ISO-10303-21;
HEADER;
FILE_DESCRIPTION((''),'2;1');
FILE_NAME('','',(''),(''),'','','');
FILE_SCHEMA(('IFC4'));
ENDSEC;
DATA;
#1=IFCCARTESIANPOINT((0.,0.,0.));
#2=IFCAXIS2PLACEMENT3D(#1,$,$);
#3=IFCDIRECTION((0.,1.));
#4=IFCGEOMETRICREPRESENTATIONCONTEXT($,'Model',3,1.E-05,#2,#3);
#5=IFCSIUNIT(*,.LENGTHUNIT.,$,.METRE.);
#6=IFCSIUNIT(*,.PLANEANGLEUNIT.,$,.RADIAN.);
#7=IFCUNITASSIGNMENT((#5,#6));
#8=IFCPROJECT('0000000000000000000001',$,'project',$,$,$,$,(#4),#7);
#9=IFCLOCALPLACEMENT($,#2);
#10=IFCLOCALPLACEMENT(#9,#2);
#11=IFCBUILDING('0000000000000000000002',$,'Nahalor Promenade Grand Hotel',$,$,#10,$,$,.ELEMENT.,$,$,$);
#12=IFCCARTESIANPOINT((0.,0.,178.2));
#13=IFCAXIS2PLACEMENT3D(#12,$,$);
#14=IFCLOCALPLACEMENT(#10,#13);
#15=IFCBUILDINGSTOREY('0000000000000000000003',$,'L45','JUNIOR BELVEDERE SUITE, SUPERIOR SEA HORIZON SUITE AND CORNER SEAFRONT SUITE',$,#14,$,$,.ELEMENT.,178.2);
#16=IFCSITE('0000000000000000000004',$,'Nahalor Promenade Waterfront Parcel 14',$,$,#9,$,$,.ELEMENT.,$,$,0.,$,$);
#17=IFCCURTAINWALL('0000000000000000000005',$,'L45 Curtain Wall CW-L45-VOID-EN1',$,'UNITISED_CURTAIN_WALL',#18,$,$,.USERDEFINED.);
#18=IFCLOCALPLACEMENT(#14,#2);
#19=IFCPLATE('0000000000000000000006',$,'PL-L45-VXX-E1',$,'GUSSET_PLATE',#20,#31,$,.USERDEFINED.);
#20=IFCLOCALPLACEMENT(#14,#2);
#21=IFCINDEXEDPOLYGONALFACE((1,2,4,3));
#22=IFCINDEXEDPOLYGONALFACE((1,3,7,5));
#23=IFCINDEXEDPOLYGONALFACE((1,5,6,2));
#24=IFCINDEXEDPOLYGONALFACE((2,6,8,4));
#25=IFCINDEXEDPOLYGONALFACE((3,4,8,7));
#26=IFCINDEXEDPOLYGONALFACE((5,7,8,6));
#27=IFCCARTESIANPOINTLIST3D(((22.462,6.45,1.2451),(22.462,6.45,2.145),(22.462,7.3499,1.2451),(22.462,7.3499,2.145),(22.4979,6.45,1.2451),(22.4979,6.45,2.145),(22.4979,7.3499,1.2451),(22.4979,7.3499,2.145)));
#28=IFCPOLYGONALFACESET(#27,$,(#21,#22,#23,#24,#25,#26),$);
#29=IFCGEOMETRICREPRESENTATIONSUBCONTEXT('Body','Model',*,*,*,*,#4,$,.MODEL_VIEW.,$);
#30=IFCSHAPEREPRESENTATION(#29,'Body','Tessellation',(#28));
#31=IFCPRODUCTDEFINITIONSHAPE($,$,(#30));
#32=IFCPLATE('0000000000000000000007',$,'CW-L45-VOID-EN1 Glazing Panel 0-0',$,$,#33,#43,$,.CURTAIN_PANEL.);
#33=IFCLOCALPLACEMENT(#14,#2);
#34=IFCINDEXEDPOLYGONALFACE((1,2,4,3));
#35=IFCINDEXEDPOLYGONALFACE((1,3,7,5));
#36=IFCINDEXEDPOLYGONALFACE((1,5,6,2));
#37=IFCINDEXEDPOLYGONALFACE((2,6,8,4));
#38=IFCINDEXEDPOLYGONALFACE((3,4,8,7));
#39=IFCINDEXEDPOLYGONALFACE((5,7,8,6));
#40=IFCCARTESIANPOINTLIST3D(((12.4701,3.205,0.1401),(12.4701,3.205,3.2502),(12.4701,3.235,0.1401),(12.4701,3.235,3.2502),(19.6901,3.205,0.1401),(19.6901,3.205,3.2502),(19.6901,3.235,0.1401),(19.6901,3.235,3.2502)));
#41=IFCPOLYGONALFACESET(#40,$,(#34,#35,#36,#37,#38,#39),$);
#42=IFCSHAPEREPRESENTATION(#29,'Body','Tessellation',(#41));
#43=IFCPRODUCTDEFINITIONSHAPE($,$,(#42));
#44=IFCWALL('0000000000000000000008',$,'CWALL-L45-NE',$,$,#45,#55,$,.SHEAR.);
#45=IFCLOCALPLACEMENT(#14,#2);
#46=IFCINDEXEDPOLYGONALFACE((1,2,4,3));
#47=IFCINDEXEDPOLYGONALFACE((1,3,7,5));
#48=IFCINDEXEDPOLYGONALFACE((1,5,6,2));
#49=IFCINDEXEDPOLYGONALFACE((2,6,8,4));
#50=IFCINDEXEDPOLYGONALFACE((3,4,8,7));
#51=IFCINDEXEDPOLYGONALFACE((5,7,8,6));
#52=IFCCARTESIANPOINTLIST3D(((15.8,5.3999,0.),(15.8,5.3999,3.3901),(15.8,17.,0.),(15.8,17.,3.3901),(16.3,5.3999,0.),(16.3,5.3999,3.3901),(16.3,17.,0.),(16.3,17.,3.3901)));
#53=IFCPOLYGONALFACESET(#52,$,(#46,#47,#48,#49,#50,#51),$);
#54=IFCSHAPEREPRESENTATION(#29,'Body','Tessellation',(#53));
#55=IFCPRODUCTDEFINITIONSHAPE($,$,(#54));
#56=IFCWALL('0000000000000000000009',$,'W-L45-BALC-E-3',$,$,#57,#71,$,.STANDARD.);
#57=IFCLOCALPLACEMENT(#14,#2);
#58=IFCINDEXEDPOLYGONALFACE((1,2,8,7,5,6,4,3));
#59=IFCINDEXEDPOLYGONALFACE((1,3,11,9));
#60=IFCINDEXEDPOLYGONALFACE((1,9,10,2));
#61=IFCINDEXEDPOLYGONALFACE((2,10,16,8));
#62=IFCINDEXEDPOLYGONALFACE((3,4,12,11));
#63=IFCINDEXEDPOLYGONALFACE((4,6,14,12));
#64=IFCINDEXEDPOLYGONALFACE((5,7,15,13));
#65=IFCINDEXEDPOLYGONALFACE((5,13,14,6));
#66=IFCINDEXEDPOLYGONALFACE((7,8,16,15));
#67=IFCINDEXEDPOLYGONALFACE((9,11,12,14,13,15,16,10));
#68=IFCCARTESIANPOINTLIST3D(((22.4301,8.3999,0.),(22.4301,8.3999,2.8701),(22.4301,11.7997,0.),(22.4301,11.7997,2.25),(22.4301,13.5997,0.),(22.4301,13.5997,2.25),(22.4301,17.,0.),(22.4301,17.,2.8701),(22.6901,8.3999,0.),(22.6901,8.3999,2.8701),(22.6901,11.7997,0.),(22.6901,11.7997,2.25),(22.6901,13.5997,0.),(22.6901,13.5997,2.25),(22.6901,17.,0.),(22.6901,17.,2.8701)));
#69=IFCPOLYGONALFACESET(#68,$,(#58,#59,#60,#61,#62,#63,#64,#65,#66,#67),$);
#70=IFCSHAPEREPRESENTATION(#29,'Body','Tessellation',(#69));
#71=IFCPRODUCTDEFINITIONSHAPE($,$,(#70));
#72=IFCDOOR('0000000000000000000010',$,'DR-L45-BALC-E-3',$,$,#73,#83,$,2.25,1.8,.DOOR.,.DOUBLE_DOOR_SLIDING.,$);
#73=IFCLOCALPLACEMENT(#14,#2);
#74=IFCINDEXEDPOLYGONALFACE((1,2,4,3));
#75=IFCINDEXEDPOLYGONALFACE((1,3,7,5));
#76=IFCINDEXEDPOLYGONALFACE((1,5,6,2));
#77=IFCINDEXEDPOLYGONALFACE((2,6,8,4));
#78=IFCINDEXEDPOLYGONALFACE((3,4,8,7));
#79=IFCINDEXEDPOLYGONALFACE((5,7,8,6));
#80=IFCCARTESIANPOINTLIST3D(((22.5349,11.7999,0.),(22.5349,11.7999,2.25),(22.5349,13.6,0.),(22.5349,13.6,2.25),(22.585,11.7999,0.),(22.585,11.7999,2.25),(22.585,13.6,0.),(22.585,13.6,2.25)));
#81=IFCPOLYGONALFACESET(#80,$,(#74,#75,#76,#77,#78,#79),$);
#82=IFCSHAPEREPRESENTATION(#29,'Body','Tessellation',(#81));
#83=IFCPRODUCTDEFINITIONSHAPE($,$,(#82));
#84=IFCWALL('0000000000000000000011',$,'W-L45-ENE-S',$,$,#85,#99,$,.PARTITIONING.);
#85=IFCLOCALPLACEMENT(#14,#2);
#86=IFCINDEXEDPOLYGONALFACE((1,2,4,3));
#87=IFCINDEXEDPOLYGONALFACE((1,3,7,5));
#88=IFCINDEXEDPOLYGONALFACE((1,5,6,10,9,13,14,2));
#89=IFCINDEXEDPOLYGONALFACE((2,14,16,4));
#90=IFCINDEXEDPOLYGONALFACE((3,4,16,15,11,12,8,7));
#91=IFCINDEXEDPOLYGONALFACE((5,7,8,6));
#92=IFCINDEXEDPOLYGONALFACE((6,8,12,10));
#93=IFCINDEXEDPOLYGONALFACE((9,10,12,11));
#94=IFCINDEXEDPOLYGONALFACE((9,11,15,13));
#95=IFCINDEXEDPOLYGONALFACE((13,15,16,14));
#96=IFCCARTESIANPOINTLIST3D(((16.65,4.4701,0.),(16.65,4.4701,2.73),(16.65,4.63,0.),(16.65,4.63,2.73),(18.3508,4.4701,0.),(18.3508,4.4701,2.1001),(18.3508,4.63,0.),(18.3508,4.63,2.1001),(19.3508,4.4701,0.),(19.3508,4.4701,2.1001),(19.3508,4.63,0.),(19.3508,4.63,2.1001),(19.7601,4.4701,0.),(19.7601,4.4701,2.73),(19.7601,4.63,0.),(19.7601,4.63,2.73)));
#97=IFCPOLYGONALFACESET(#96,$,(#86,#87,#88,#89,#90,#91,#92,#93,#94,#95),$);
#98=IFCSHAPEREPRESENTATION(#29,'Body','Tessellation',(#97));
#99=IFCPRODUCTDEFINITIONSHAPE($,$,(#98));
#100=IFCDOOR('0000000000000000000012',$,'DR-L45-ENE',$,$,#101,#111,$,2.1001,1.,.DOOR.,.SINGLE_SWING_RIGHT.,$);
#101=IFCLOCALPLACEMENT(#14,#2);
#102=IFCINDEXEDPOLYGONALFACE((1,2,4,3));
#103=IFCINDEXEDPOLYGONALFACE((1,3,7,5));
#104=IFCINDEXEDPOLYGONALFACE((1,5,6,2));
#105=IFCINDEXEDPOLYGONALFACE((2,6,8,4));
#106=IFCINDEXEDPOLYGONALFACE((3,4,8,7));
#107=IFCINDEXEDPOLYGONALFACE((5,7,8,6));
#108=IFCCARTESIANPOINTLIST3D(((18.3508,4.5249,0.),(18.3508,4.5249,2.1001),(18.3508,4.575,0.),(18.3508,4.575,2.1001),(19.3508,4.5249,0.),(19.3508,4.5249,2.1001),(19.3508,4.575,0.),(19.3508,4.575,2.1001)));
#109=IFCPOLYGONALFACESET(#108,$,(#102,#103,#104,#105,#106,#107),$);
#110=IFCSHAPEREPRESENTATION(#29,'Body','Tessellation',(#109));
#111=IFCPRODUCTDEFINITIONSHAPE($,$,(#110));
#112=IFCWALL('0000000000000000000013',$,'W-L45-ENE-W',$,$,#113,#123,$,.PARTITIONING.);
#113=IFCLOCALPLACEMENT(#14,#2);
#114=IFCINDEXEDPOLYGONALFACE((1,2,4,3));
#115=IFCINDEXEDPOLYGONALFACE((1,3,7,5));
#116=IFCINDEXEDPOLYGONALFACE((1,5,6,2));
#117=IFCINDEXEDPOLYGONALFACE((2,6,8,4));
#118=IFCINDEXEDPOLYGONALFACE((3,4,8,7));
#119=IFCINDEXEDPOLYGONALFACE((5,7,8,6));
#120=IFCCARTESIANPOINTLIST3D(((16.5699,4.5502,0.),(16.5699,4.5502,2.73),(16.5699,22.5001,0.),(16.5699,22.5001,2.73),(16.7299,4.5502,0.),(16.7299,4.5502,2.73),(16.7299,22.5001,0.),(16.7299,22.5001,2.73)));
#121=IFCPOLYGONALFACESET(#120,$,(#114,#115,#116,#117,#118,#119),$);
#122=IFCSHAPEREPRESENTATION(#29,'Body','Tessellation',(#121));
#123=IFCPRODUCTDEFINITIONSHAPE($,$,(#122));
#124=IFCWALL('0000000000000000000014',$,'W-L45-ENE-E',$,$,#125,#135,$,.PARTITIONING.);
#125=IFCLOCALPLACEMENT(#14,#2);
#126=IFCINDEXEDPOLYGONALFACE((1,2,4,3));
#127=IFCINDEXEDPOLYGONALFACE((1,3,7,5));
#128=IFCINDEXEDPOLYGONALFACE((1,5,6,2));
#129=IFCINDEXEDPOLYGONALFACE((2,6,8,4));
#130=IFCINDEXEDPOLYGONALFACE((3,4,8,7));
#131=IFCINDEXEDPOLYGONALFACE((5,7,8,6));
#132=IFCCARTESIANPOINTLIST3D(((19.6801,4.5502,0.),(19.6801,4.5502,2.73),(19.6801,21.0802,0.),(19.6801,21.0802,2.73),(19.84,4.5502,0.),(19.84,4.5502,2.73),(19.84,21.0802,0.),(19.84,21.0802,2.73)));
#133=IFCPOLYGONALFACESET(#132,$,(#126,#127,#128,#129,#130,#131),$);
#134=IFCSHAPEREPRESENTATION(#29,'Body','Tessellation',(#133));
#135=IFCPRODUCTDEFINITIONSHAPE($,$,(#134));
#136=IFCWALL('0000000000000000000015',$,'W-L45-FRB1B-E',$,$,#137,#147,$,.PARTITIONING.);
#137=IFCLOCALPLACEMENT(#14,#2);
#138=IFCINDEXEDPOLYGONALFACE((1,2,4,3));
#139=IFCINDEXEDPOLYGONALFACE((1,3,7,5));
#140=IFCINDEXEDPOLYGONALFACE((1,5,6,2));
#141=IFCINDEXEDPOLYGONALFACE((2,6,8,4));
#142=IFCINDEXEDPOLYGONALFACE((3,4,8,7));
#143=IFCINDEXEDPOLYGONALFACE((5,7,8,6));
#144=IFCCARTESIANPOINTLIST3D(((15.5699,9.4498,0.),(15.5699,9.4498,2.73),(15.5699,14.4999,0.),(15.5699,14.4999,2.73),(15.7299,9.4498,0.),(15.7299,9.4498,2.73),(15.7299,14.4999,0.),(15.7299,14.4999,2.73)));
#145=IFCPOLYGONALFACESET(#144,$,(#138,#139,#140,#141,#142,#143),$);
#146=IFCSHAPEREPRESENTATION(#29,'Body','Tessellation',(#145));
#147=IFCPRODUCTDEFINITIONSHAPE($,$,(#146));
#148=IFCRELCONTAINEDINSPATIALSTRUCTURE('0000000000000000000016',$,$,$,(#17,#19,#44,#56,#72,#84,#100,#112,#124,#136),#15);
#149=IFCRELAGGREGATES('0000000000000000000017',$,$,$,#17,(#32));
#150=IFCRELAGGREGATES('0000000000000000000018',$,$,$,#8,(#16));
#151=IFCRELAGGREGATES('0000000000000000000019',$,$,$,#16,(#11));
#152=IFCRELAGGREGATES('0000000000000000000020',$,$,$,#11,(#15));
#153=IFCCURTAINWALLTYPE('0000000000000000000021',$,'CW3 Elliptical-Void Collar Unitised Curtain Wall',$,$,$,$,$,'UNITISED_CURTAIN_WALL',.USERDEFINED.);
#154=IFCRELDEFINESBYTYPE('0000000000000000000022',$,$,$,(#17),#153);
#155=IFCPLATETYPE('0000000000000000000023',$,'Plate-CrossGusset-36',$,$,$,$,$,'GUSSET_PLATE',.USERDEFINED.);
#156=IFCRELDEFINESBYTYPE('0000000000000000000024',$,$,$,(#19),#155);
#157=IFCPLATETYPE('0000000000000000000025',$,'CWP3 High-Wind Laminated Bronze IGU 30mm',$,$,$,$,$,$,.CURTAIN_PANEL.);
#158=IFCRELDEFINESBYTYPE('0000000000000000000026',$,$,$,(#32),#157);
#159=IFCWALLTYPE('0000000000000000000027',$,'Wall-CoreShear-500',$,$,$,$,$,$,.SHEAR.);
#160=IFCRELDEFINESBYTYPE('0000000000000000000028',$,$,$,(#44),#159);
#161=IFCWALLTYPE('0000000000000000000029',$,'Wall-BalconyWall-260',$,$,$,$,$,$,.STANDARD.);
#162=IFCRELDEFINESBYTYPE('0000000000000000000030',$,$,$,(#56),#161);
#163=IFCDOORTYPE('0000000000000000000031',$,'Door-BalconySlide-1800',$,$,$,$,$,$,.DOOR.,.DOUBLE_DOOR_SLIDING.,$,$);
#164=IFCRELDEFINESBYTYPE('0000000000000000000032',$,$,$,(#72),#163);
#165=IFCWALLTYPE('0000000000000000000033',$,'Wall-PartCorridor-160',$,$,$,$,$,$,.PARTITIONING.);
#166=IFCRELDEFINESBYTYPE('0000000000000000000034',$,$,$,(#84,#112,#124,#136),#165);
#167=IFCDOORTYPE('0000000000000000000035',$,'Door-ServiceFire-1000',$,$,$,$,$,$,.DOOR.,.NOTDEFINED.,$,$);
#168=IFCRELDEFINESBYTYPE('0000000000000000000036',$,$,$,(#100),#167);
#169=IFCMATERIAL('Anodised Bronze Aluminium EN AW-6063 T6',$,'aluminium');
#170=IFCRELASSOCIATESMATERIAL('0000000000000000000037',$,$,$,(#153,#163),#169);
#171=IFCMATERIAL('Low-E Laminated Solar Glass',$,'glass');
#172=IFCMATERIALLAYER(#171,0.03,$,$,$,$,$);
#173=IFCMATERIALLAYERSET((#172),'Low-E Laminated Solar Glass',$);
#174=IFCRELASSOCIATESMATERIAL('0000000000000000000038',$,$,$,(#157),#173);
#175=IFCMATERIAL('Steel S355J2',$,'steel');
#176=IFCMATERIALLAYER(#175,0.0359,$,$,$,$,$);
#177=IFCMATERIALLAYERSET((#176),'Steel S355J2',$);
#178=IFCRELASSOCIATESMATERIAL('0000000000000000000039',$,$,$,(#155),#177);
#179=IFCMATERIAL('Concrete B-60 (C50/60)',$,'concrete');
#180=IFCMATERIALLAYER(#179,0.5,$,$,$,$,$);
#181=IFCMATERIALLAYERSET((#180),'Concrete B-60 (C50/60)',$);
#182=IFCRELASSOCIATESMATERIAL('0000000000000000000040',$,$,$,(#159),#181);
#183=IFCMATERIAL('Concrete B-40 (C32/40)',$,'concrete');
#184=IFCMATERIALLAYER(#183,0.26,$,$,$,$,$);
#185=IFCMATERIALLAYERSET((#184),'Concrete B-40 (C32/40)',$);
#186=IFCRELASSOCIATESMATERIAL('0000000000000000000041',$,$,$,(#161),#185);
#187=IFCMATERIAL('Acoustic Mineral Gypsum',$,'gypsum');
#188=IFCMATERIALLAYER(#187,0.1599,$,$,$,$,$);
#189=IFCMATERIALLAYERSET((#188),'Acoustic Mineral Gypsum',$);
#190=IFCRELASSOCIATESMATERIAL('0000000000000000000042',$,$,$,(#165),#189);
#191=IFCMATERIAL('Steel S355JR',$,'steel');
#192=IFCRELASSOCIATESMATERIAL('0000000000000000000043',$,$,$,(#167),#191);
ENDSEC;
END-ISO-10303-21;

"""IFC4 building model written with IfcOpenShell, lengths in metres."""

from ifc_helpers import new_model, si_unit, direction, frame, frame_2d, origin, origin_2d, place, context, subcontext, project, spatial, rectangle, extrude, source, transform, mapped, material, layer, layer_set, type_object, element, fill, aggregate, save


model = new_model("IFC4")

# Units and contexts
model_context = context("Model", 3, precision=1e-05, world=origin(), true_north=direction((0.0, 1.0)))
body_context = subcontext(model_context, "Body", "Model", "MODEL_VIEW")
ifc_project = project(units=[si_unit("LENGTHUNIT", "METRE"), si_unit("PLANEANGLEUNIT", "RADIAN")], contexts=[model_context])

# Site, building, storey
site_placement = place(None, origin())
site = spatial("IfcSite", under=ifc_project, at=site_placement, Name="Nahalor Promenade Waterfront Parcel 14", CompositionType="ELEMENT", RefElevation=0.0)
building_placement = place(site_placement, origin())
building = spatial("IfcBuilding", under=site, at=building_placement, Name="Nahalor Promenade Grand Hotel", CompositionType="ELEMENT")
storey_placement = place(building_placement, frame((0.0, 0.0, 178.2)))
storey = spatial("IfcBuildingStorey", under=building, at=storey_placement, Name="L45", Description="JUNIOR BELVEDERE SUITE, SUPERIOR SEA HORIZON SUITE AND CORNER SEAFRONT SUITE", CompositionType="ELEMENT", Elevation=178.2)

# Shared definitions
ifc_material_1 = material(Name="Steel S355J2", Category="steel")

# Shared definitions
ifc_material_2 = material(Name="Steel S355JR", Category="steel")

# Shared definitions
ifc_material_3 = material(Name="Anodised Bronze Aluminium EN AW-6063 T6", Category="aluminium")
curtain_wall_type = type_object("IfcCurtainWallType", Name="CW3 Elliptical-Void Collar Unitised Curtain Wall", ElementType="UNITISED_CURTAIN_WALL", PredefinedType="USERDEFINED", material=ifc_material_3)

# Curtain wall
curtain_wall_1_placement = place(storey_placement, origin())
curtain_wall_1 = element("IfcCurtainWall", 1, at=curtain_wall_1_placement, inside=storey, type_object=curtain_wall_type, Name="L45 Curtain Wall CW-L45-VOID-EN1", ObjectType="UNITISED_CURTAIN_WALL", PredefinedType="USERDEFINED")

# Plates
ifc_material_4 = material(Name="Low-E Laminated Solar Glass", Category="glass")
ifc_layer_1 = layer(ifc_material_4, 0.03)
ifc_layer_set_1 = layer_set([ifc_layer_1], Name="Low-E Laminated Solar Glass")
plate_type_1 = type_object("IfcPlateType", Name="CWP3 High-Wind Laminated Bronze IGU 30mm", PredefinedType="CURTAIN_PANEL", material=ifc_layer_set_1)
ifc_layer_2 = layer(ifc_material_1, 0.0359)
ifc_layer_set_2 = layer_set([ifc_layer_2], Name="Steel S355J2")
plate_type_2 = type_object("IfcPlateType", Name="Plate-CrossGusset-36", ElementType="GUSSET_PLATE", PredefinedType="USERDEFINED", material=ifc_layer_set_2)
shared_shape_1 = source(origin(), body_context, "Body", "SweptSolid", [
    extrude(rectangle(XDim=0.8999, YDim=0.0359, at=origin_2d()), origin(), (0.0, 0.0, 1.0), 0.8999),
])
plate_1_placement = place(storey_placement, frame((22.48, 6.8999, 1.2451), z_axis=(0.0, 0.0, 1.0), x_axis=(0.0, 1.0, 0.0)))
element("IfcPlate", 2, at=plate_1_placement, inside=storey, type_object=plate_type_2, Name="PL-L45-VXX-E1", ObjectType="GUSSET_PLATE", PredefinedType="USERDEFINED", context=body_context, shape_type="MappedRepresentation", body=[
    mapped(shared_shape_1, transform((0.0, 0.0, 0.0), scale=1.0)),
])
shared_shape_2 = source(origin(), body_context, "Body", "SweptSolid", [
    extrude(rectangle(XDim=7.22, YDim=0.03, at=origin_2d()), origin(), (0.0, 0.0, 1.0), 3.1101),
])
plate_2_placement = place(storey_placement, frame((16.0801, 3.22, 0.1401), z_axis=(0.0, 0.0, 1.0), x_axis=(1.0, 0.0, 0.0)))
plate_2 = element("IfcPlate", 3, at=plate_2_placement, type_object=plate_type_1, Name="CW-L45-VOID-EN1 Glazing Panel 0-0", PredefinedType="CURTAIN_PANEL", context=body_context, shape_type="MappedRepresentation", body=[
    mapped(shared_shape_2, transform((0.0, 0.0, 0.0), scale=1.0)),
])
aggregate(curtain_wall_1, [plate_2])

# Wall
ifc_material_5 = material(Name="Concrete B-60 (C50/60)", Category="concrete")
ifc_layer_3 = layer(ifc_material_5, 0.5)
ifc_layer_set_3 = layer_set([ifc_layer_3], Name="Concrete B-60 (C50/60)")
wall_type_1 = type_object("IfcWallType", Name="Wall-CoreShear-500", PredefinedType="SHEAR", material=ifc_layer_set_3)
shared_shape_3 = source(origin(), body_context, "Body", "SweptSolid", [
    extrude(rectangle(XDim=11.6001, YDim=0.5, at=frame_2d((5.8, 0.0))), origin(), (0.0, 0.0, 1.0), 3.3901),
])
wall_1_placement = place(storey_placement, frame((16.05, 5.3999, 0.0), z_axis=(0.0, 0.0, 1.0), x_axis=(0.0, 1.0, 0.0)))
element("IfcWall", 4, at=wall_1_placement, inside=storey, type_object=wall_type_1, Name="CWALL-L45-NE", PredefinedType="SHEAR", context=body_context, shape_type="MappedRepresentation", body=[
    mapped(shared_shape_3, transform((0.0, 0.0, 0.0), scale=1.0)),
])

# Walls, openings, doors
ifc_material_6 = material(Name="Concrete B-40 (C32/40)", Category="concrete")
ifc_layer_4 = layer(ifc_material_6, 0.26)
ifc_layer_set_4 = layer_set([ifc_layer_4], Name="Concrete B-40 (C32/40)")
wall_type_2 = type_object("IfcWallType", Name="Wall-BalconyWall-260", PredefinedType="STANDARD", material=ifc_layer_set_4)
shared_shape_4 = source(origin(), body_context, "Body", "SweptSolid", [
    extrude(rectangle(XDim=8.6001, YDim=0.26, at=frame_2d((4.3, 0.0))), origin(), (0.0, 0.0, 1.0), 2.8701),
])
wall_2_placement = place(storey_placement, frame((22.5601, 8.3999, 0.0), z_axis=(0.0, 0.0, 1.0), x_axis=(0.0, 1.0, 0.0)))
wall_2 = element("IfcWall", 5, at=wall_2_placement, inside=storey, type_object=wall_type_2, Name="W-L45-BALC-E-3", PredefinedType="STANDARD", context=body_context, shape_type="MappedRepresentation", body=[
    mapped(shared_shape_4, transform((0.0, 0.0, 0.0), scale=1.0)),
])
opening_1_placement = place(wall_2_placement, frame((3.3999, 0.0, 0.0)))
opening_1 = element("IfcOpeningElement", 6, at=opening_1_placement, cuts=wall_2, PredefinedType="OPENING", context=body_context, shape_type="SweptSolid", body=[
    extrude(rectangle(XDim=1.8, YDim=2.25, at=frame_2d((0.8999, 1.125))), frame((0.0, 0.1399, 0.0), z_axis=(0.0, -1.0, 0.0), x_axis=(1.0, 0.0, 0.0)), (0.0, 0.0, 1.0), 0.28),
])
door_type_1 = type_object("IfcDoorType", Name="Door-BalconySlide-1800", OperationType="DOUBLE_DOOR_SLIDING", PredefinedType="DOOR", material=ifc_material_3)
shared_shape_5 = source(origin(), body_context, "Body", "SweptSolid", [
    extrude(rectangle(XDim=1.8, YDim=2.25, at=frame_2d((0.8999, 1.125))), frame((0.0, 0.0249, 0.0), z_axis=(0.0, -1.0, 0.0), x_axis=(1.0, 0.0, 0.0)), (0.0, 0.0, 1.0), 0.05),
])
door_1_placement = place(opening_1_placement, frame((1.8, 0.0, 0.0), z_axis=(0.0, 0.0, 1.0), x_axis=(-1.0, 0.0, 0.0)))
door_1 = element("IfcDoor", 7, at=door_1_placement, inside=storey, type_object=door_type_1, Name="DR-L45-BALC-E-3", OperationType="DOUBLE_DOOR_SLIDING", OverallHeight=2.25, OverallWidth=1.8, PredefinedType="DOOR", context=body_context, shape_type="MappedRepresentation", body=[
    mapped(shared_shape_5, transform((0.0, 0.0, 0.0), scale=1.0)),
])
fill(opening_1, door_1)
ifc_material_7 = material(Name="Acoustic Mineral Gypsum", Category="gypsum")
ifc_layer_5 = layer(ifc_material_7, 0.1599)
ifc_layer_set_5 = layer_set([ifc_layer_5], Name="Acoustic Mineral Gypsum")
wall_type_3 = type_object("IfcWallType", Name="Wall-PartCorridor-160", PredefinedType="PARTITIONING", material=ifc_layer_set_5)
shared_shape_6 = source(origin(), body_context, "Body", "SweptSolid", [
    extrude(rectangle(XDim=3.1101, YDim=0.1599, at=frame_2d((1.5552, 0.0))), origin(), (0.0, 0.0, 1.0), 2.73),
])
wall_3_placement = place(storey_placement, frame((16.6499, 4.55, 0.0), z_axis=(0.0, 0.0, 1.0), x_axis=(1.0, 0.0, 0.0)))
wall_3 = element("IfcWall", 8, at=wall_3_placement, inside=storey, type_object=wall_type_3, Name="W-L45-ENE-S", PredefinedType="PARTITIONING", context=body_context, shape_type="MappedRepresentation", body=[
    mapped(shared_shape_6, transform((0.0, 0.0, 0.0), scale=1.0)),
])
opening_2_placement = place(wall_3_placement, frame((1.7009, 0.0, 0.0)))
opening_2 = element("IfcOpeningElement", 9, at=opening_2_placement, cuts=wall_3, PredefinedType="OPENING", context=body_context, shape_type="SweptSolid", body=[
    extrude(rectangle(XDim=1.0, YDim=2.1001, at=frame_2d((0.5, 1.05))), frame((0.0, 0.0898, 0.0), z_axis=(0.0, -1.0, 0.0), x_axis=(1.0, 0.0, 0.0)), (0.0, 0.0, 1.0), 0.1799),
])
door_type_2 = type_object("IfcDoorType", Name="Door-ServiceFire-1000", OperationType="NOTDEFINED", PredefinedType="DOOR", material=ifc_material_2)
shared_shape_7 = source(origin(), body_context, "Body", "SweptSolid", [
    extrude(rectangle(XDim=1.0, YDim=2.1001, at=frame_2d((0.5, 1.05))), frame((0.0, 0.0249, 0.0), z_axis=(0.0, -1.0, 0.0), x_axis=(1.0, 0.0, 0.0)), (0.0, 0.0, 1.0), 0.05),
])
door_2_placement = place(opening_2_placement, origin())
door_2 = element("IfcDoor", 10, at=door_2_placement, inside=storey, type_object=door_type_2, Name="DR-L45-ENE", OperationType="SINGLE_SWING_RIGHT", OverallHeight=2.1001, OverallWidth=1.0, PredefinedType="DOOR", context=body_context, shape_type="MappedRepresentation", body=[
    mapped(shared_shape_7, transform((0.0, 0.0, 0.0), scale=1.0)),
])
fill(opening_2, door_2)

# Walls
shared_shape_8 = source(origin(), body_context, "Body", "SweptSolid", [
    extrude(rectangle(XDim=17.95, YDim=0.1599, at=frame_2d((8.9751, 0.0))), origin(), (0.0, 0.0, 1.0), 2.73),
])
wall_4_placement = place(storey_placement, frame((16.6499, 4.55, 0.0), z_axis=(0.0, 0.0, 1.0), x_axis=(0.0, 1.0, 0.0)))
element("IfcWall", 11, at=wall_4_placement, inside=storey, type_object=wall_type_3, Name="W-L45-ENE-W", PredefinedType="PARTITIONING", context=body_context, shape_type="MappedRepresentation", body=[
    mapped(shared_shape_8, transform((0.0, 0.0, 0.0), scale=1.0)),
])
shared_shape_9 = source(origin(), body_context, "Body", "SweptSolid", [
    extrude(rectangle(XDim=16.53, YDim=0.1599, at=frame_2d((8.2651, 0.0))), origin(), (0.0, 0.0, 1.0), 2.73),
])
wall_5_placement = place(storey_placement, frame((19.76, 4.55, 0.0), z_axis=(0.0, 0.0, 1.0), x_axis=(0.0, 1.0, 0.0)))
element("IfcWall", 12, at=wall_5_placement, inside=storey, type_object=wall_type_3, Name="W-L45-ENE-E", PredefinedType="PARTITIONING", context=body_context, shape_type="MappedRepresentation", body=[
    mapped(shared_shape_9, transform((0.0, 0.0, 0.0), scale=1.0)),
])
shared_shape_10 = source(origin(), body_context, "Body", "SweptSolid", [
    extrude(rectangle(XDim=5.05, YDim=0.1599, at=frame_2d((2.5249, 0.0))), origin(), (0.0, 0.0, 1.0), 2.73),
])
wall_6_placement = place(storey_placement, frame((15.6499, 9.45, 0.0), z_axis=(0.0, 0.0, 1.0), x_axis=(0.0, 1.0, 0.0)))
element("IfcWall", 13, at=wall_6_placement, inside=storey, type_object=wall_type_3, Name="W-L45-FRB1B-E", PredefinedType="PARTITIONING", context=body_context, shape_type="MappedRepresentation", body=[
    mapped(shared_shape_10, transform((0.0, 0.0, 0.0), scale=1.0)),
])

save(model, "model.ifc")
